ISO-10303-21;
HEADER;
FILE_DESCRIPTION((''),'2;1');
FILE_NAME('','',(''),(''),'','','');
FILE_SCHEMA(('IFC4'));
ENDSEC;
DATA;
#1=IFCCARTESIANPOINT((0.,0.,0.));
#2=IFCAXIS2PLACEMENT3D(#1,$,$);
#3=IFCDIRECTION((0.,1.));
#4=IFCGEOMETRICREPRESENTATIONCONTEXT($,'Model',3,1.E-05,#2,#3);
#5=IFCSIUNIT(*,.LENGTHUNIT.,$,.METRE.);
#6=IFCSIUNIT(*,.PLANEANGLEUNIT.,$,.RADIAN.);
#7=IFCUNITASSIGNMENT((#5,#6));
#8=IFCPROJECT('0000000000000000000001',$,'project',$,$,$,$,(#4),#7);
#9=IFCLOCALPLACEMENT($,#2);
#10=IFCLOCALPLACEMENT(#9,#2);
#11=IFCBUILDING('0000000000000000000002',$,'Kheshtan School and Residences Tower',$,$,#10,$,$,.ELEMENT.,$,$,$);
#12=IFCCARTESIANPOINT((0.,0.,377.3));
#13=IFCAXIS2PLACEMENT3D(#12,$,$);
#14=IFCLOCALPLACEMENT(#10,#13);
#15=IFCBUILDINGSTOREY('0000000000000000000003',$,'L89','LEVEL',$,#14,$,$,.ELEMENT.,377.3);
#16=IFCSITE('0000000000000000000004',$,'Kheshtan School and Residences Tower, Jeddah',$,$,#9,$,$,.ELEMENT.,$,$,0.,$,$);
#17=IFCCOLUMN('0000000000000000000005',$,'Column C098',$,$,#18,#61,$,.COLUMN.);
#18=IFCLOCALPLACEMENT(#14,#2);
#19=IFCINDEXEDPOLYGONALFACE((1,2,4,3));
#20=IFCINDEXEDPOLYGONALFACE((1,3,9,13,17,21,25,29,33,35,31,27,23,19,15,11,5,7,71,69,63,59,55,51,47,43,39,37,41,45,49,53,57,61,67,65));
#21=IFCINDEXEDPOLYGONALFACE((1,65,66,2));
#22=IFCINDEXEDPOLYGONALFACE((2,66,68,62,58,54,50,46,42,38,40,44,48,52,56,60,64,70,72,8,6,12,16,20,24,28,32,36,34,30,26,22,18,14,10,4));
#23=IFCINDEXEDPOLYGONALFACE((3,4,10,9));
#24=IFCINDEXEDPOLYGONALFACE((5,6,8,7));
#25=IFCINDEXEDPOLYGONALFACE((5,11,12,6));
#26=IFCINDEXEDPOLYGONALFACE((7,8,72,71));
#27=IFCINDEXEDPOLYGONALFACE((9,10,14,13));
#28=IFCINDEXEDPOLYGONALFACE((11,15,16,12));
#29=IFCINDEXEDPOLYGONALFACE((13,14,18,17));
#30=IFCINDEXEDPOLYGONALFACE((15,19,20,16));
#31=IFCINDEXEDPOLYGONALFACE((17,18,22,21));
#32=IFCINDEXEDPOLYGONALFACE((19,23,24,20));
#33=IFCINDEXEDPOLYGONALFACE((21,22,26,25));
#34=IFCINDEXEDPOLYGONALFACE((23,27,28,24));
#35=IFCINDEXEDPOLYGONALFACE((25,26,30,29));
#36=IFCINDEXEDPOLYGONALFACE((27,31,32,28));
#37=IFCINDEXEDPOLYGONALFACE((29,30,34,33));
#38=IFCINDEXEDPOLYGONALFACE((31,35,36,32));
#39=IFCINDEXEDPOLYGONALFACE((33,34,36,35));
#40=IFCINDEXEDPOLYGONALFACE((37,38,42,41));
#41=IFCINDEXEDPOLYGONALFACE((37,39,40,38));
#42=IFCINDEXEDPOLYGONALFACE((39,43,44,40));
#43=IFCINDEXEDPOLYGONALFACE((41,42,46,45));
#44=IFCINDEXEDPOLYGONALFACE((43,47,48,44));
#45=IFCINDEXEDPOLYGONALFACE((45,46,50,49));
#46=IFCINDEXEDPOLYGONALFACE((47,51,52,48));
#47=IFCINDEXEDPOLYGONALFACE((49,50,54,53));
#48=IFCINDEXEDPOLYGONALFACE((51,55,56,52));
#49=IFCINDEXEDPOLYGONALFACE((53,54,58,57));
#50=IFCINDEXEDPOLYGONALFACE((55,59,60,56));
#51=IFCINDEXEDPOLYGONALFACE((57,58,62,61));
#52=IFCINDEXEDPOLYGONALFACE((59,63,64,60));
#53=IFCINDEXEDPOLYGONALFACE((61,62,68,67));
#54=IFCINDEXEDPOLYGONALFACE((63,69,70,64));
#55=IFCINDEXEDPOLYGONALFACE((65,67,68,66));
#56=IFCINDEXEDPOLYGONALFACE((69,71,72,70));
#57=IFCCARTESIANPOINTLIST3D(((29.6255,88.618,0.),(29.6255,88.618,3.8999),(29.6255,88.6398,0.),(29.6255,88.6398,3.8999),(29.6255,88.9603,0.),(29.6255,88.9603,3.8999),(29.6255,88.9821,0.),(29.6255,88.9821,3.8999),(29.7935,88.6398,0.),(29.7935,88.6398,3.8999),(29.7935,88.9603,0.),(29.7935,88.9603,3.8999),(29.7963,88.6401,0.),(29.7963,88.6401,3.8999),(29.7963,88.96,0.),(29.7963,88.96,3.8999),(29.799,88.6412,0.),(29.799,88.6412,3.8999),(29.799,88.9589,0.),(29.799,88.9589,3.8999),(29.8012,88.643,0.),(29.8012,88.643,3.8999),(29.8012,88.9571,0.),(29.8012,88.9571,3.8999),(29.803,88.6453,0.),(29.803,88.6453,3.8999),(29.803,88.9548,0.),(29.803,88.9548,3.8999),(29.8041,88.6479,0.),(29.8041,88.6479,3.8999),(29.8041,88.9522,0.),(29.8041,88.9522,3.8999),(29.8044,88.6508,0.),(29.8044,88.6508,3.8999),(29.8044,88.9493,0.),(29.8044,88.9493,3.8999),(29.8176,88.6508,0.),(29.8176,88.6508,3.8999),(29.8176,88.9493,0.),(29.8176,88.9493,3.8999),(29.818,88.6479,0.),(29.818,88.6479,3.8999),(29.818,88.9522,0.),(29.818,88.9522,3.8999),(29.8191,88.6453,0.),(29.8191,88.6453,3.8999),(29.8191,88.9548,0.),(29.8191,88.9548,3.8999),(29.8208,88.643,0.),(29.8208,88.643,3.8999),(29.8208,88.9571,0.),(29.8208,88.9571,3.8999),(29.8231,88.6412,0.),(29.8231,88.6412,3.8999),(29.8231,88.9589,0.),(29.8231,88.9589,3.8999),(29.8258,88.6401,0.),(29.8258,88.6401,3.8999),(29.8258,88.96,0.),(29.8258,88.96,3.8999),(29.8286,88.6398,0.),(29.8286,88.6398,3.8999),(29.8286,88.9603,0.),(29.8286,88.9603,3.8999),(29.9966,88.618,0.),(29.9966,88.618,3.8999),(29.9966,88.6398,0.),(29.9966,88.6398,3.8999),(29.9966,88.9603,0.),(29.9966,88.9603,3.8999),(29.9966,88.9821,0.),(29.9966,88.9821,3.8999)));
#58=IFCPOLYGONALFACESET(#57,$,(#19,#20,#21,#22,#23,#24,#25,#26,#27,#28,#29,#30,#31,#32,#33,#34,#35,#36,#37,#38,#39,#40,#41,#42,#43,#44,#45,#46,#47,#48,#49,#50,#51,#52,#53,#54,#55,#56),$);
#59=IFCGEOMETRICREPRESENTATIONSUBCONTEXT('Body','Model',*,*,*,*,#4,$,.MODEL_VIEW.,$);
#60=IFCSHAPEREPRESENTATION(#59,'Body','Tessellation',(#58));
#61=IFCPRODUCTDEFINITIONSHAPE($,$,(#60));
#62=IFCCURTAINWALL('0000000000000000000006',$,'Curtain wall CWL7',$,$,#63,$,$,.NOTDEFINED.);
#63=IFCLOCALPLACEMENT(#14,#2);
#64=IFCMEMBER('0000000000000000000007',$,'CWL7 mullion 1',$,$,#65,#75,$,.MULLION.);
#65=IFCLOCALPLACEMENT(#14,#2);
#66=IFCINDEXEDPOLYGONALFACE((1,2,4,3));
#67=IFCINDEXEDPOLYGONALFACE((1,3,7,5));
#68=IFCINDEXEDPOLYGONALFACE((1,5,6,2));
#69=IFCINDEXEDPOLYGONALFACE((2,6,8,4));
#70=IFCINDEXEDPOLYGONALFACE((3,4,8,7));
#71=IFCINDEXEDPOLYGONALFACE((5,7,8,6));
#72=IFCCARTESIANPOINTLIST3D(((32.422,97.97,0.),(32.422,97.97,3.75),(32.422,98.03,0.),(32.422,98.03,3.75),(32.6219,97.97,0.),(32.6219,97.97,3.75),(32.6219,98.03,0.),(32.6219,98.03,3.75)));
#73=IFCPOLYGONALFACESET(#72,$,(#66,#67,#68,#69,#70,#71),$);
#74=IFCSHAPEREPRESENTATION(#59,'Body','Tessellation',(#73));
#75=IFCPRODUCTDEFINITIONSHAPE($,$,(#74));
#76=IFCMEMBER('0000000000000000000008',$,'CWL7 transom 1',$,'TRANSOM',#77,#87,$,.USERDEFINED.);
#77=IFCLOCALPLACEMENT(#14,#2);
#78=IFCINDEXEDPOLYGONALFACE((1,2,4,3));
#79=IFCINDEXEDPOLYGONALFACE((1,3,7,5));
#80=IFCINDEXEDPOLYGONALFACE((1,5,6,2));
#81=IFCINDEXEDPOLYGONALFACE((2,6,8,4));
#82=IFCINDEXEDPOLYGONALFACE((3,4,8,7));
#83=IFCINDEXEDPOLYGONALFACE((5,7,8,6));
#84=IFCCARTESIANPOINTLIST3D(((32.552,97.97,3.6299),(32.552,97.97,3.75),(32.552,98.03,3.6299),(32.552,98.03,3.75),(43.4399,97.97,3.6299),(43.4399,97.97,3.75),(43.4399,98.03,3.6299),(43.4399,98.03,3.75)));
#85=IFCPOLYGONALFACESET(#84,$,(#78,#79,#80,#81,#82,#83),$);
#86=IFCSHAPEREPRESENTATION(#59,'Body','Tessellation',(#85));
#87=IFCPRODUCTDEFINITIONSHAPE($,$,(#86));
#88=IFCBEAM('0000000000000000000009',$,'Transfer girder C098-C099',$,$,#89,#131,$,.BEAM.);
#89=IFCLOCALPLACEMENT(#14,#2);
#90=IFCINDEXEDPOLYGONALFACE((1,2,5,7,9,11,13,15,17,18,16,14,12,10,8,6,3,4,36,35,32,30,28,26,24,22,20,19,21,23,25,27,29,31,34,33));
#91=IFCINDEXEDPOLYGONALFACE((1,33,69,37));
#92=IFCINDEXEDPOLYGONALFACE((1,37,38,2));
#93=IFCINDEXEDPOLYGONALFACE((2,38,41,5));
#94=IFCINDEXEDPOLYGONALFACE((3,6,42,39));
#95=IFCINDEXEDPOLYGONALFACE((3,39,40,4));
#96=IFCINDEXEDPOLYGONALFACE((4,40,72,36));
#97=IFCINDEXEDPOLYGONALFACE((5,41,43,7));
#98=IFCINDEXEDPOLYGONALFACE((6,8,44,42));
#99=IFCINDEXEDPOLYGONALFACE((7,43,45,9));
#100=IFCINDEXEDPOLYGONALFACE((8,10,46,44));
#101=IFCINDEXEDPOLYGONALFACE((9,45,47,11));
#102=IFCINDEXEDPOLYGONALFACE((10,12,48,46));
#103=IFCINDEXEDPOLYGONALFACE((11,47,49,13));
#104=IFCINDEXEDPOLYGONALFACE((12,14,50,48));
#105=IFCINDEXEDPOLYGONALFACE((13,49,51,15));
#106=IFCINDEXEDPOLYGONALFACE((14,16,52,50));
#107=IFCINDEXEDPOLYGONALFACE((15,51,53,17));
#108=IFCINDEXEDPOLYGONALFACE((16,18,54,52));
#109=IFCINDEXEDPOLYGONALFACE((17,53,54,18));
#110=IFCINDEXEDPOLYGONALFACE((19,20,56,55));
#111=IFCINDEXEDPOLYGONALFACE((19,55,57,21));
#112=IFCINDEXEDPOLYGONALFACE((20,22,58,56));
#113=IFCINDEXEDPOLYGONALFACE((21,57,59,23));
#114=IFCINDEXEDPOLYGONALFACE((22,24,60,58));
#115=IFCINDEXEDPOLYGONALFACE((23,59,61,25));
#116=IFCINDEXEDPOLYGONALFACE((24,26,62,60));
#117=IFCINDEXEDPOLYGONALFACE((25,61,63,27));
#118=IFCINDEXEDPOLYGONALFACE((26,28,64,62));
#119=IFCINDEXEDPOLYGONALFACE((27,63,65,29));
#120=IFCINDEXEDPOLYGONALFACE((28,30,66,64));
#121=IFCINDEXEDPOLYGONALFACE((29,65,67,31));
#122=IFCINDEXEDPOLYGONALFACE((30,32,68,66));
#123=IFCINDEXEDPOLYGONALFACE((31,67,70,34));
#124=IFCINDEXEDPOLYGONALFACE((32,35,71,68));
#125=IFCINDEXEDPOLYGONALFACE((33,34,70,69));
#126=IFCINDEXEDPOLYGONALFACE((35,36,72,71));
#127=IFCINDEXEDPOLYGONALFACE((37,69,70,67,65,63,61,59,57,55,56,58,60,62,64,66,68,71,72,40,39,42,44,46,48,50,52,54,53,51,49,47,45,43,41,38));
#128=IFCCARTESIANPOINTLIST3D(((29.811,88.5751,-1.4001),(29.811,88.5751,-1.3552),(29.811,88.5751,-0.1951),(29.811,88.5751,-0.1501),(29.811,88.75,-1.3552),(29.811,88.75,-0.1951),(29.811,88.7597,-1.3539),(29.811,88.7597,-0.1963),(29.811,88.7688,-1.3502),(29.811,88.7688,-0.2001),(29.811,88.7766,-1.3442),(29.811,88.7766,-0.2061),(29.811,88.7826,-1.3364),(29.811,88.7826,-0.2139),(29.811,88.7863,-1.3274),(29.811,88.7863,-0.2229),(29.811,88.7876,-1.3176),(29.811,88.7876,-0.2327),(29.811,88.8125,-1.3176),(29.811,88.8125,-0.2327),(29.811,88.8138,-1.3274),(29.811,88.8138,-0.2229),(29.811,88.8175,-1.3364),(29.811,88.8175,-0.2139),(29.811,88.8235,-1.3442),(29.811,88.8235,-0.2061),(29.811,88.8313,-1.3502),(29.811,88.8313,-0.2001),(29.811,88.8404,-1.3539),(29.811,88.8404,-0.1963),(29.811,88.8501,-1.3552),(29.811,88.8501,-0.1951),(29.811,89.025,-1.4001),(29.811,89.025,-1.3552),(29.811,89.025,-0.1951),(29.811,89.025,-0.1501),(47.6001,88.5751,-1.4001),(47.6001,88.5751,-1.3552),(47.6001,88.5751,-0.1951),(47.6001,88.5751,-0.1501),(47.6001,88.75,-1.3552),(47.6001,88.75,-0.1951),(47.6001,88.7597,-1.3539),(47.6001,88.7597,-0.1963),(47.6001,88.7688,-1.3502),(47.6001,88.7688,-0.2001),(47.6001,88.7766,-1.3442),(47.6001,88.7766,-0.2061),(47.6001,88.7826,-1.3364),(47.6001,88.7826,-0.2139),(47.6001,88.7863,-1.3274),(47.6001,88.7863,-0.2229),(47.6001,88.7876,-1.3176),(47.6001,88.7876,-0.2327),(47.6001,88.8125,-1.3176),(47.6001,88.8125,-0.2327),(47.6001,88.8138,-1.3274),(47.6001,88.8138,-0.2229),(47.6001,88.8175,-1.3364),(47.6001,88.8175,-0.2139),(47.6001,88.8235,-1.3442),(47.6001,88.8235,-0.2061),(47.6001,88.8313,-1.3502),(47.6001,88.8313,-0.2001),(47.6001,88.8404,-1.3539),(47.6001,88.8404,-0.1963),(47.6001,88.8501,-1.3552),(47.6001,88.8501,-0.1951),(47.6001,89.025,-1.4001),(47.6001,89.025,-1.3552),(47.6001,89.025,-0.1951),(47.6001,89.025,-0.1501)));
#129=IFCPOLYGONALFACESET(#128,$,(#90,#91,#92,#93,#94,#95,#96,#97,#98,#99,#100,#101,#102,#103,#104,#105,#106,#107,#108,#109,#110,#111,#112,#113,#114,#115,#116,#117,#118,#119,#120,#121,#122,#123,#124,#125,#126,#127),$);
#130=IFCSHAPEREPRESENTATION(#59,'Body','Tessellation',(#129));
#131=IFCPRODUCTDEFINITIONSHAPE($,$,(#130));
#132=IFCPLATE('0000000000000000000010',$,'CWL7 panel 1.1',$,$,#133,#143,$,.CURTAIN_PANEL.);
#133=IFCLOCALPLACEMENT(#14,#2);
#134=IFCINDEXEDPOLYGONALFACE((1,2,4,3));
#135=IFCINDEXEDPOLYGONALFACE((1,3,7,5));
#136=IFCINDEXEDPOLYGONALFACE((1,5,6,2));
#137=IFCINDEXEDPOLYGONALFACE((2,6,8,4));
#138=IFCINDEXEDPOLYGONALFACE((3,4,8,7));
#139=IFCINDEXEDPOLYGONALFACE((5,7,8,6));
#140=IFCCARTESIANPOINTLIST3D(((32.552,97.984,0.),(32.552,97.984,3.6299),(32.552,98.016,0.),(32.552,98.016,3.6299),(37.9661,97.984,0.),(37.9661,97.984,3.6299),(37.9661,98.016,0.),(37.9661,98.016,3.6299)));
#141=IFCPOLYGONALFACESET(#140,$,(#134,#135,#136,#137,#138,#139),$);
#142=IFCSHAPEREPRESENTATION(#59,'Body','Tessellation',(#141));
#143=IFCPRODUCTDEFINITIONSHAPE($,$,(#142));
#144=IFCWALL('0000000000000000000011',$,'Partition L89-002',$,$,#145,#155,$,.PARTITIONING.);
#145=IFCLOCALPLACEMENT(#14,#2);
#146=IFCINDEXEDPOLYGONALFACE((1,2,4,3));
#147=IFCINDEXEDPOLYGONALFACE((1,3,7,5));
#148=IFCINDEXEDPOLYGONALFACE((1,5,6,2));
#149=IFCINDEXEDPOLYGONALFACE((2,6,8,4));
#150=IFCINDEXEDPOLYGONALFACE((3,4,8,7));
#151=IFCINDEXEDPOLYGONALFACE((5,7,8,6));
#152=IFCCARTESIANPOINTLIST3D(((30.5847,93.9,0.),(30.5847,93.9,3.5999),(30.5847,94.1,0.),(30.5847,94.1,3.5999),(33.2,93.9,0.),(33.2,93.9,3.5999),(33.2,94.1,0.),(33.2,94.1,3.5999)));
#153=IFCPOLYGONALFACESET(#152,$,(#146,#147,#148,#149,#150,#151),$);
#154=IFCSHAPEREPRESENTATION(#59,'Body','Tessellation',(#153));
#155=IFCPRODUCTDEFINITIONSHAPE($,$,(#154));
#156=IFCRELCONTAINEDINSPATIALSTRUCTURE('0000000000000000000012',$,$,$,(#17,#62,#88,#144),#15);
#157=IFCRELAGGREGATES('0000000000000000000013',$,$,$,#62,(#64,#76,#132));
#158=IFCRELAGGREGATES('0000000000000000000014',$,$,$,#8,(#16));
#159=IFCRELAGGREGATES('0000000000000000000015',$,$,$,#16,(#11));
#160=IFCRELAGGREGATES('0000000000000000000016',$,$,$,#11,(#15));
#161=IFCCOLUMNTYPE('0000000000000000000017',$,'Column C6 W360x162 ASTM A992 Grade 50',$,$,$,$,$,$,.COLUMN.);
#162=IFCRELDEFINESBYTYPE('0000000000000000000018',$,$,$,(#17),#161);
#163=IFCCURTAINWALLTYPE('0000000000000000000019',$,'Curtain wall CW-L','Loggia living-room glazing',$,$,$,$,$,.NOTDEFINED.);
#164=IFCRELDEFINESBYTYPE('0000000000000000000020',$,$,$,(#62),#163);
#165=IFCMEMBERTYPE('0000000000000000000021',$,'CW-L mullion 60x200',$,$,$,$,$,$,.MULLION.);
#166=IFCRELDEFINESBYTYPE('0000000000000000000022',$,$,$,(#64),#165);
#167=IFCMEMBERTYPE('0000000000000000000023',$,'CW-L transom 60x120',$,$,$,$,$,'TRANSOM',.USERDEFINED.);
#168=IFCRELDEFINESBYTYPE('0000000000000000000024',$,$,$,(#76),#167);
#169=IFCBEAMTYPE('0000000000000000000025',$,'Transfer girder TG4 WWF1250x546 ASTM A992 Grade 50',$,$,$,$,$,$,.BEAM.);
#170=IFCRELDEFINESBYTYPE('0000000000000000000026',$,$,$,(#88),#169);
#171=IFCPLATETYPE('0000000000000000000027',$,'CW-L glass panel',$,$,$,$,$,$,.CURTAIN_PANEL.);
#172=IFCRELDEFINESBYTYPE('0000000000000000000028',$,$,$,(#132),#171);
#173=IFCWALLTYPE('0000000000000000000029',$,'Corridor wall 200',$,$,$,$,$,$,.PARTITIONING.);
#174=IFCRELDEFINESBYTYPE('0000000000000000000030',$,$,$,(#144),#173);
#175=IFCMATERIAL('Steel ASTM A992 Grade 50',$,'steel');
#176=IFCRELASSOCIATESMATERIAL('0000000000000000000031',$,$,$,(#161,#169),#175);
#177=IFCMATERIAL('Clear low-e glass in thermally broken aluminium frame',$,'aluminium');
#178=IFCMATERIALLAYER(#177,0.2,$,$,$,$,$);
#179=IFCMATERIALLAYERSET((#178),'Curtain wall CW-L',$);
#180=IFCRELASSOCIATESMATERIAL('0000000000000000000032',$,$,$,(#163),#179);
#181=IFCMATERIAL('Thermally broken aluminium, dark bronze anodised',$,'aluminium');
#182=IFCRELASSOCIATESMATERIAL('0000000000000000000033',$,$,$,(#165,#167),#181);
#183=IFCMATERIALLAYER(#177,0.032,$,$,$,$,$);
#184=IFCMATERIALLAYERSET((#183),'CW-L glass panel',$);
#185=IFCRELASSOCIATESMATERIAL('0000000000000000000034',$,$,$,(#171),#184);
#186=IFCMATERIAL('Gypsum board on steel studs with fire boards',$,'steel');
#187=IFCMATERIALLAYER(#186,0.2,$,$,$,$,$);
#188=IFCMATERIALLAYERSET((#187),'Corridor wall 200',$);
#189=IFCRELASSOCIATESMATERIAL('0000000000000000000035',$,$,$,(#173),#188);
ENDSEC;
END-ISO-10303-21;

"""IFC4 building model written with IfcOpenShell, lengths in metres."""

from ifc_helpers import new_model, si_unit, direction, frame, frame_2d, origin, origin_2d, place, context, subcontext, project, spatial, rectangle, i_section, extrude, material, layer, layer_set, material_profile, profile_set, type_object, element, aggregate, save


model = new_model("IFC4")

# Units and contexts
model_context = context("Model", 3, precision=1e-05, world=origin(), true_north=direction((0.0, 1.0)))
body_context = subcontext(model_context, "Body", "Model", "MODEL_VIEW")
ifc_project = project(units=[si_unit("LENGTHUNIT", "METRE"), si_unit("PLANEANGLEUNIT", "RADIAN")], contexts=[model_context])

# Site, building, storey
site_placement = place(None, origin())
site = spatial("IfcSite", under=ifc_project, at=site_placement, Name="Kheshtan School and Residences Tower, Jeddah", CompositionType="ELEMENT", RefElevation=0.0)
building_placement = place(site_placement, origin())
building = spatial("IfcBuilding", under=site, at=building_placement, Name="Kheshtan School and Residences Tower", CompositionType="ELEMENT")
storey_placement = place(building_placement, frame((0.0, 0.0, 377.3)))
storey = spatial("IfcBuildingStorey", under=building, at=storey_placement, Name="L89", Description="LEVEL", CompositionType="ELEMENT", Elevation=377.3)

# Column
ifc_material_1 = material(Name="Steel ASTM A992 Grade 50", Category="steel")
ifc_material_profile_1 = material_profile(ifc_material_1, i_section(OverallWidth=0.3711, OverallDepth=0.364, WebThickness=0.0132, FlangeThickness=0.0217, FilletRadius=0.011, at=origin_2d()), Name="W360x162")
ifc_profile_set_1 = profile_set([ifc_material_profile_1], Name="Steel ASTM A992 Grade 50")
column_type = type_object("IfcColumnType", Name="Column C6 W360x162 ASTM A992 Grade 50", PredefinedType="COLUMN", material=ifc_profile_set_1)
column_placement = place(storey_placement, frame((29.811, 88.8, 0.0), z_axis=(0.0, 0.0, 1.0), x_axis=(1.0, 0.0, 0.0)))
element("IfcColumn", 1, at=column_placement, inside=storey, type_object=column_type, Name="Column C098", PredefinedType="COLUMN", context=body_context, shape_type="SweptSolid", body=[
    extrude(i_section(OverallWidth=0.3711, OverallDepth=0.364, WebThickness=0.0132, FlangeThickness=0.0217, FilletRadius=0.011, at=origin_2d()), origin(), (0.0, 0.0, 1.0), 3.8999),
])

# Curtain wall, members
ifc_material_2 = material(Name="Clear low-e glass in thermally broken aluminium frame", Category="aluminium")
ifc_layer_1 = layer(ifc_material_2, 0.2)
ifc_layer_set_1 = layer_set([ifc_layer_1], Name="Curtain wall CW-L")
curtain_wall_type = type_object("IfcCurtainWallType", Name="Curtain wall CW-L", Description="Loggia living-room glazing", PredefinedType="NOTDEFINED", material=ifc_layer_set_1)
curtain_wall_placement = place(storey_placement, origin())
curtain_wall = element("IfcCurtainWall", 2, at=curtain_wall_placement, inside=storey, type_object=curtain_wall_type, Name="Curtain wall CWL7", PredefinedType="NOTDEFINED")
ifc_material_3 = material(Name="Thermally broken aluminium, dark bronze anodised", Category="aluminium")
ifc_material_profile_2 = material_profile(ifc_material_3, rectangle(XDim=0.0601, YDim=0.2, at=origin_2d()), Name="CW-L mullion 60x200")
ifc_profile_set_2 = profile_set([ifc_material_profile_2], Name="Thermally broken aluminium, dark bronze anodised")
member_type_1 = type_object("IfcMemberType", Name="CW-L mullion 60x200", PredefinedType="MULLION", material=ifc_profile_set_2)
member_1_placement = place(storey_placement, frame((32.522, 98.0, 0.0), z_axis=(0.0, 0.0, 1.0), x_axis=(0.0, 1.0, 0.0)))
member_1 = element("IfcMember", 3, at=member_1_placement, type_object=member_type_1, Name="CWL7 mullion 1", PredefinedType="MULLION", context=body_context, shape_type="SweptSolid", body=[
    extrude(rectangle(XDim=0.0601, YDim=0.2, at=origin_2d()), origin(), (0.0, 0.0, 1.0), 3.75),
])
ifc_material_profile_3 = material_profile(ifc_material_3, rectangle(XDim=0.0601, YDim=0.1201, at=origin_2d()), Name="CW-L transom 60x120")
ifc_profile_set_3 = profile_set([ifc_material_profile_3], Name="Thermally broken aluminium, dark bronze anodised")
member_type_2 = type_object("IfcMemberType", Name="CW-L transom 60x120", ElementType="TRANSOM", PredefinedType="USERDEFINED", material=ifc_profile_set_3)
member_2_placement = place(storey_placement, frame((32.552, 98.0, 3.6899), z_axis=(1.0, 0.0, 0.0), x_axis=(0.0, 1.0, 0.0)))
member_2 = element("IfcMember", 4, at=member_2_placement, type_object=member_type_2, Name="CWL7 transom 1", ObjectType="TRANSOM", PredefinedType="USERDEFINED", context=body_context, shape_type="SweptSolid", body=[
    extrude(rectangle(XDim=0.0601, YDim=0.1201, at=origin_2d()), origin(), (0.0, 0.0, 1.0), 10.8879),
])

# Beam
ifc_material_profile_4 = material_profile(ifc_material_1, i_section(OverallWidth=0.45, OverallDepth=1.25, WebThickness=0.0249, FlangeThickness=0.0449, FilletRadius=0.0376, at=origin_2d()), Name="WWF1250x546")
ifc_profile_set_4 = profile_set([ifc_material_profile_4], Name="Steel ASTM A992 Grade 50")
beam_type = type_object("IfcBeamType", Name="Transfer girder TG4 WWF1250x546 ASTM A992 Grade 50", PredefinedType="BEAM", material=ifc_profile_set_4)
beam_placement = place(storey_placement, frame((29.811, 88.8, -0.7751), z_axis=(1.0, 0.0, 0.0), x_axis=(0.0, 1.0, 0.0)))
element("IfcBeam", 5, at=beam_placement, inside=storey, type_object=beam_type, Name="Transfer girder C098-C099", PredefinedType="BEAM", context=body_context, shape_type="SweptSolid", body=[
    extrude(i_section(OverallWidth=0.45, OverallDepth=1.25, WebThickness=0.0249, FlangeThickness=0.0449, FilletRadius=0.0376, at=origin_2d()), origin(), (0.0, 0.0, 1.0), 17.7891),
])

# Plate
ifc_layer_2 = layer(ifc_material_2, 0.032)
ifc_layer_set_2 = layer_set([ifc_layer_2], Name="CW-L glass panel")
plate_type = type_object("IfcPlateType", Name="CW-L glass panel", PredefinedType="CURTAIN_PANEL", material=ifc_layer_set_2)
plate_placement = place(storey_placement, frame((35.259, 98.0, 0.0), z_axis=(0.0, 0.0, 1.0), x_axis=(1.0, 0.0, 0.0)))
plate = element("IfcPlate", 6, at=plate_placement, type_object=plate_type, Name="CWL7 panel 1.1", PredefinedType="CURTAIN_PANEL", context=body_context, shape_type="SweptSolid", body=[
    extrude(rectangle(XDim=5.4141, YDim=0.032, at=origin_2d()), origin(), (0.0, 0.0, 1.0), 3.6299),
])
aggregate(curtain_wall, [member_1, member_2, plate])

# Wall
ifc_material_4 = material(Name="Gypsum board on steel studs with fire boards", Category="steel")
ifc_layer_3 = layer(ifc_material_4, 0.2)
ifc_layer_set_3 = layer_set([ifc_layer_3], Name="Corridor wall 200")
wall_type_1 = type_object("IfcWallType", Name="Corridor wall 200", PredefinedType="PARTITIONING", material=ifc_layer_set_3)
wall_1_placement = place(storey_placement, frame((30.5847, 94.0, 0.0), z_axis=(0.0, 0.0, 1.0), x_axis=(1.0, 0.0, 0.0)))
element("IfcWall", 7, at=wall_1_placement, inside=storey, type_object=wall_type_1, Name="Partition L89-002", PredefinedType="PARTITIONING", context=body_context, shape_type="SweptSolid", body=[
    extrude(rectangle(XDim=2.6152, YDim=0.2, at=frame_2d((1.3076, 0.0))), origin(), (0.0, 0.0, 1.0), 3.5999),
])

save(model, "model.ifc")
